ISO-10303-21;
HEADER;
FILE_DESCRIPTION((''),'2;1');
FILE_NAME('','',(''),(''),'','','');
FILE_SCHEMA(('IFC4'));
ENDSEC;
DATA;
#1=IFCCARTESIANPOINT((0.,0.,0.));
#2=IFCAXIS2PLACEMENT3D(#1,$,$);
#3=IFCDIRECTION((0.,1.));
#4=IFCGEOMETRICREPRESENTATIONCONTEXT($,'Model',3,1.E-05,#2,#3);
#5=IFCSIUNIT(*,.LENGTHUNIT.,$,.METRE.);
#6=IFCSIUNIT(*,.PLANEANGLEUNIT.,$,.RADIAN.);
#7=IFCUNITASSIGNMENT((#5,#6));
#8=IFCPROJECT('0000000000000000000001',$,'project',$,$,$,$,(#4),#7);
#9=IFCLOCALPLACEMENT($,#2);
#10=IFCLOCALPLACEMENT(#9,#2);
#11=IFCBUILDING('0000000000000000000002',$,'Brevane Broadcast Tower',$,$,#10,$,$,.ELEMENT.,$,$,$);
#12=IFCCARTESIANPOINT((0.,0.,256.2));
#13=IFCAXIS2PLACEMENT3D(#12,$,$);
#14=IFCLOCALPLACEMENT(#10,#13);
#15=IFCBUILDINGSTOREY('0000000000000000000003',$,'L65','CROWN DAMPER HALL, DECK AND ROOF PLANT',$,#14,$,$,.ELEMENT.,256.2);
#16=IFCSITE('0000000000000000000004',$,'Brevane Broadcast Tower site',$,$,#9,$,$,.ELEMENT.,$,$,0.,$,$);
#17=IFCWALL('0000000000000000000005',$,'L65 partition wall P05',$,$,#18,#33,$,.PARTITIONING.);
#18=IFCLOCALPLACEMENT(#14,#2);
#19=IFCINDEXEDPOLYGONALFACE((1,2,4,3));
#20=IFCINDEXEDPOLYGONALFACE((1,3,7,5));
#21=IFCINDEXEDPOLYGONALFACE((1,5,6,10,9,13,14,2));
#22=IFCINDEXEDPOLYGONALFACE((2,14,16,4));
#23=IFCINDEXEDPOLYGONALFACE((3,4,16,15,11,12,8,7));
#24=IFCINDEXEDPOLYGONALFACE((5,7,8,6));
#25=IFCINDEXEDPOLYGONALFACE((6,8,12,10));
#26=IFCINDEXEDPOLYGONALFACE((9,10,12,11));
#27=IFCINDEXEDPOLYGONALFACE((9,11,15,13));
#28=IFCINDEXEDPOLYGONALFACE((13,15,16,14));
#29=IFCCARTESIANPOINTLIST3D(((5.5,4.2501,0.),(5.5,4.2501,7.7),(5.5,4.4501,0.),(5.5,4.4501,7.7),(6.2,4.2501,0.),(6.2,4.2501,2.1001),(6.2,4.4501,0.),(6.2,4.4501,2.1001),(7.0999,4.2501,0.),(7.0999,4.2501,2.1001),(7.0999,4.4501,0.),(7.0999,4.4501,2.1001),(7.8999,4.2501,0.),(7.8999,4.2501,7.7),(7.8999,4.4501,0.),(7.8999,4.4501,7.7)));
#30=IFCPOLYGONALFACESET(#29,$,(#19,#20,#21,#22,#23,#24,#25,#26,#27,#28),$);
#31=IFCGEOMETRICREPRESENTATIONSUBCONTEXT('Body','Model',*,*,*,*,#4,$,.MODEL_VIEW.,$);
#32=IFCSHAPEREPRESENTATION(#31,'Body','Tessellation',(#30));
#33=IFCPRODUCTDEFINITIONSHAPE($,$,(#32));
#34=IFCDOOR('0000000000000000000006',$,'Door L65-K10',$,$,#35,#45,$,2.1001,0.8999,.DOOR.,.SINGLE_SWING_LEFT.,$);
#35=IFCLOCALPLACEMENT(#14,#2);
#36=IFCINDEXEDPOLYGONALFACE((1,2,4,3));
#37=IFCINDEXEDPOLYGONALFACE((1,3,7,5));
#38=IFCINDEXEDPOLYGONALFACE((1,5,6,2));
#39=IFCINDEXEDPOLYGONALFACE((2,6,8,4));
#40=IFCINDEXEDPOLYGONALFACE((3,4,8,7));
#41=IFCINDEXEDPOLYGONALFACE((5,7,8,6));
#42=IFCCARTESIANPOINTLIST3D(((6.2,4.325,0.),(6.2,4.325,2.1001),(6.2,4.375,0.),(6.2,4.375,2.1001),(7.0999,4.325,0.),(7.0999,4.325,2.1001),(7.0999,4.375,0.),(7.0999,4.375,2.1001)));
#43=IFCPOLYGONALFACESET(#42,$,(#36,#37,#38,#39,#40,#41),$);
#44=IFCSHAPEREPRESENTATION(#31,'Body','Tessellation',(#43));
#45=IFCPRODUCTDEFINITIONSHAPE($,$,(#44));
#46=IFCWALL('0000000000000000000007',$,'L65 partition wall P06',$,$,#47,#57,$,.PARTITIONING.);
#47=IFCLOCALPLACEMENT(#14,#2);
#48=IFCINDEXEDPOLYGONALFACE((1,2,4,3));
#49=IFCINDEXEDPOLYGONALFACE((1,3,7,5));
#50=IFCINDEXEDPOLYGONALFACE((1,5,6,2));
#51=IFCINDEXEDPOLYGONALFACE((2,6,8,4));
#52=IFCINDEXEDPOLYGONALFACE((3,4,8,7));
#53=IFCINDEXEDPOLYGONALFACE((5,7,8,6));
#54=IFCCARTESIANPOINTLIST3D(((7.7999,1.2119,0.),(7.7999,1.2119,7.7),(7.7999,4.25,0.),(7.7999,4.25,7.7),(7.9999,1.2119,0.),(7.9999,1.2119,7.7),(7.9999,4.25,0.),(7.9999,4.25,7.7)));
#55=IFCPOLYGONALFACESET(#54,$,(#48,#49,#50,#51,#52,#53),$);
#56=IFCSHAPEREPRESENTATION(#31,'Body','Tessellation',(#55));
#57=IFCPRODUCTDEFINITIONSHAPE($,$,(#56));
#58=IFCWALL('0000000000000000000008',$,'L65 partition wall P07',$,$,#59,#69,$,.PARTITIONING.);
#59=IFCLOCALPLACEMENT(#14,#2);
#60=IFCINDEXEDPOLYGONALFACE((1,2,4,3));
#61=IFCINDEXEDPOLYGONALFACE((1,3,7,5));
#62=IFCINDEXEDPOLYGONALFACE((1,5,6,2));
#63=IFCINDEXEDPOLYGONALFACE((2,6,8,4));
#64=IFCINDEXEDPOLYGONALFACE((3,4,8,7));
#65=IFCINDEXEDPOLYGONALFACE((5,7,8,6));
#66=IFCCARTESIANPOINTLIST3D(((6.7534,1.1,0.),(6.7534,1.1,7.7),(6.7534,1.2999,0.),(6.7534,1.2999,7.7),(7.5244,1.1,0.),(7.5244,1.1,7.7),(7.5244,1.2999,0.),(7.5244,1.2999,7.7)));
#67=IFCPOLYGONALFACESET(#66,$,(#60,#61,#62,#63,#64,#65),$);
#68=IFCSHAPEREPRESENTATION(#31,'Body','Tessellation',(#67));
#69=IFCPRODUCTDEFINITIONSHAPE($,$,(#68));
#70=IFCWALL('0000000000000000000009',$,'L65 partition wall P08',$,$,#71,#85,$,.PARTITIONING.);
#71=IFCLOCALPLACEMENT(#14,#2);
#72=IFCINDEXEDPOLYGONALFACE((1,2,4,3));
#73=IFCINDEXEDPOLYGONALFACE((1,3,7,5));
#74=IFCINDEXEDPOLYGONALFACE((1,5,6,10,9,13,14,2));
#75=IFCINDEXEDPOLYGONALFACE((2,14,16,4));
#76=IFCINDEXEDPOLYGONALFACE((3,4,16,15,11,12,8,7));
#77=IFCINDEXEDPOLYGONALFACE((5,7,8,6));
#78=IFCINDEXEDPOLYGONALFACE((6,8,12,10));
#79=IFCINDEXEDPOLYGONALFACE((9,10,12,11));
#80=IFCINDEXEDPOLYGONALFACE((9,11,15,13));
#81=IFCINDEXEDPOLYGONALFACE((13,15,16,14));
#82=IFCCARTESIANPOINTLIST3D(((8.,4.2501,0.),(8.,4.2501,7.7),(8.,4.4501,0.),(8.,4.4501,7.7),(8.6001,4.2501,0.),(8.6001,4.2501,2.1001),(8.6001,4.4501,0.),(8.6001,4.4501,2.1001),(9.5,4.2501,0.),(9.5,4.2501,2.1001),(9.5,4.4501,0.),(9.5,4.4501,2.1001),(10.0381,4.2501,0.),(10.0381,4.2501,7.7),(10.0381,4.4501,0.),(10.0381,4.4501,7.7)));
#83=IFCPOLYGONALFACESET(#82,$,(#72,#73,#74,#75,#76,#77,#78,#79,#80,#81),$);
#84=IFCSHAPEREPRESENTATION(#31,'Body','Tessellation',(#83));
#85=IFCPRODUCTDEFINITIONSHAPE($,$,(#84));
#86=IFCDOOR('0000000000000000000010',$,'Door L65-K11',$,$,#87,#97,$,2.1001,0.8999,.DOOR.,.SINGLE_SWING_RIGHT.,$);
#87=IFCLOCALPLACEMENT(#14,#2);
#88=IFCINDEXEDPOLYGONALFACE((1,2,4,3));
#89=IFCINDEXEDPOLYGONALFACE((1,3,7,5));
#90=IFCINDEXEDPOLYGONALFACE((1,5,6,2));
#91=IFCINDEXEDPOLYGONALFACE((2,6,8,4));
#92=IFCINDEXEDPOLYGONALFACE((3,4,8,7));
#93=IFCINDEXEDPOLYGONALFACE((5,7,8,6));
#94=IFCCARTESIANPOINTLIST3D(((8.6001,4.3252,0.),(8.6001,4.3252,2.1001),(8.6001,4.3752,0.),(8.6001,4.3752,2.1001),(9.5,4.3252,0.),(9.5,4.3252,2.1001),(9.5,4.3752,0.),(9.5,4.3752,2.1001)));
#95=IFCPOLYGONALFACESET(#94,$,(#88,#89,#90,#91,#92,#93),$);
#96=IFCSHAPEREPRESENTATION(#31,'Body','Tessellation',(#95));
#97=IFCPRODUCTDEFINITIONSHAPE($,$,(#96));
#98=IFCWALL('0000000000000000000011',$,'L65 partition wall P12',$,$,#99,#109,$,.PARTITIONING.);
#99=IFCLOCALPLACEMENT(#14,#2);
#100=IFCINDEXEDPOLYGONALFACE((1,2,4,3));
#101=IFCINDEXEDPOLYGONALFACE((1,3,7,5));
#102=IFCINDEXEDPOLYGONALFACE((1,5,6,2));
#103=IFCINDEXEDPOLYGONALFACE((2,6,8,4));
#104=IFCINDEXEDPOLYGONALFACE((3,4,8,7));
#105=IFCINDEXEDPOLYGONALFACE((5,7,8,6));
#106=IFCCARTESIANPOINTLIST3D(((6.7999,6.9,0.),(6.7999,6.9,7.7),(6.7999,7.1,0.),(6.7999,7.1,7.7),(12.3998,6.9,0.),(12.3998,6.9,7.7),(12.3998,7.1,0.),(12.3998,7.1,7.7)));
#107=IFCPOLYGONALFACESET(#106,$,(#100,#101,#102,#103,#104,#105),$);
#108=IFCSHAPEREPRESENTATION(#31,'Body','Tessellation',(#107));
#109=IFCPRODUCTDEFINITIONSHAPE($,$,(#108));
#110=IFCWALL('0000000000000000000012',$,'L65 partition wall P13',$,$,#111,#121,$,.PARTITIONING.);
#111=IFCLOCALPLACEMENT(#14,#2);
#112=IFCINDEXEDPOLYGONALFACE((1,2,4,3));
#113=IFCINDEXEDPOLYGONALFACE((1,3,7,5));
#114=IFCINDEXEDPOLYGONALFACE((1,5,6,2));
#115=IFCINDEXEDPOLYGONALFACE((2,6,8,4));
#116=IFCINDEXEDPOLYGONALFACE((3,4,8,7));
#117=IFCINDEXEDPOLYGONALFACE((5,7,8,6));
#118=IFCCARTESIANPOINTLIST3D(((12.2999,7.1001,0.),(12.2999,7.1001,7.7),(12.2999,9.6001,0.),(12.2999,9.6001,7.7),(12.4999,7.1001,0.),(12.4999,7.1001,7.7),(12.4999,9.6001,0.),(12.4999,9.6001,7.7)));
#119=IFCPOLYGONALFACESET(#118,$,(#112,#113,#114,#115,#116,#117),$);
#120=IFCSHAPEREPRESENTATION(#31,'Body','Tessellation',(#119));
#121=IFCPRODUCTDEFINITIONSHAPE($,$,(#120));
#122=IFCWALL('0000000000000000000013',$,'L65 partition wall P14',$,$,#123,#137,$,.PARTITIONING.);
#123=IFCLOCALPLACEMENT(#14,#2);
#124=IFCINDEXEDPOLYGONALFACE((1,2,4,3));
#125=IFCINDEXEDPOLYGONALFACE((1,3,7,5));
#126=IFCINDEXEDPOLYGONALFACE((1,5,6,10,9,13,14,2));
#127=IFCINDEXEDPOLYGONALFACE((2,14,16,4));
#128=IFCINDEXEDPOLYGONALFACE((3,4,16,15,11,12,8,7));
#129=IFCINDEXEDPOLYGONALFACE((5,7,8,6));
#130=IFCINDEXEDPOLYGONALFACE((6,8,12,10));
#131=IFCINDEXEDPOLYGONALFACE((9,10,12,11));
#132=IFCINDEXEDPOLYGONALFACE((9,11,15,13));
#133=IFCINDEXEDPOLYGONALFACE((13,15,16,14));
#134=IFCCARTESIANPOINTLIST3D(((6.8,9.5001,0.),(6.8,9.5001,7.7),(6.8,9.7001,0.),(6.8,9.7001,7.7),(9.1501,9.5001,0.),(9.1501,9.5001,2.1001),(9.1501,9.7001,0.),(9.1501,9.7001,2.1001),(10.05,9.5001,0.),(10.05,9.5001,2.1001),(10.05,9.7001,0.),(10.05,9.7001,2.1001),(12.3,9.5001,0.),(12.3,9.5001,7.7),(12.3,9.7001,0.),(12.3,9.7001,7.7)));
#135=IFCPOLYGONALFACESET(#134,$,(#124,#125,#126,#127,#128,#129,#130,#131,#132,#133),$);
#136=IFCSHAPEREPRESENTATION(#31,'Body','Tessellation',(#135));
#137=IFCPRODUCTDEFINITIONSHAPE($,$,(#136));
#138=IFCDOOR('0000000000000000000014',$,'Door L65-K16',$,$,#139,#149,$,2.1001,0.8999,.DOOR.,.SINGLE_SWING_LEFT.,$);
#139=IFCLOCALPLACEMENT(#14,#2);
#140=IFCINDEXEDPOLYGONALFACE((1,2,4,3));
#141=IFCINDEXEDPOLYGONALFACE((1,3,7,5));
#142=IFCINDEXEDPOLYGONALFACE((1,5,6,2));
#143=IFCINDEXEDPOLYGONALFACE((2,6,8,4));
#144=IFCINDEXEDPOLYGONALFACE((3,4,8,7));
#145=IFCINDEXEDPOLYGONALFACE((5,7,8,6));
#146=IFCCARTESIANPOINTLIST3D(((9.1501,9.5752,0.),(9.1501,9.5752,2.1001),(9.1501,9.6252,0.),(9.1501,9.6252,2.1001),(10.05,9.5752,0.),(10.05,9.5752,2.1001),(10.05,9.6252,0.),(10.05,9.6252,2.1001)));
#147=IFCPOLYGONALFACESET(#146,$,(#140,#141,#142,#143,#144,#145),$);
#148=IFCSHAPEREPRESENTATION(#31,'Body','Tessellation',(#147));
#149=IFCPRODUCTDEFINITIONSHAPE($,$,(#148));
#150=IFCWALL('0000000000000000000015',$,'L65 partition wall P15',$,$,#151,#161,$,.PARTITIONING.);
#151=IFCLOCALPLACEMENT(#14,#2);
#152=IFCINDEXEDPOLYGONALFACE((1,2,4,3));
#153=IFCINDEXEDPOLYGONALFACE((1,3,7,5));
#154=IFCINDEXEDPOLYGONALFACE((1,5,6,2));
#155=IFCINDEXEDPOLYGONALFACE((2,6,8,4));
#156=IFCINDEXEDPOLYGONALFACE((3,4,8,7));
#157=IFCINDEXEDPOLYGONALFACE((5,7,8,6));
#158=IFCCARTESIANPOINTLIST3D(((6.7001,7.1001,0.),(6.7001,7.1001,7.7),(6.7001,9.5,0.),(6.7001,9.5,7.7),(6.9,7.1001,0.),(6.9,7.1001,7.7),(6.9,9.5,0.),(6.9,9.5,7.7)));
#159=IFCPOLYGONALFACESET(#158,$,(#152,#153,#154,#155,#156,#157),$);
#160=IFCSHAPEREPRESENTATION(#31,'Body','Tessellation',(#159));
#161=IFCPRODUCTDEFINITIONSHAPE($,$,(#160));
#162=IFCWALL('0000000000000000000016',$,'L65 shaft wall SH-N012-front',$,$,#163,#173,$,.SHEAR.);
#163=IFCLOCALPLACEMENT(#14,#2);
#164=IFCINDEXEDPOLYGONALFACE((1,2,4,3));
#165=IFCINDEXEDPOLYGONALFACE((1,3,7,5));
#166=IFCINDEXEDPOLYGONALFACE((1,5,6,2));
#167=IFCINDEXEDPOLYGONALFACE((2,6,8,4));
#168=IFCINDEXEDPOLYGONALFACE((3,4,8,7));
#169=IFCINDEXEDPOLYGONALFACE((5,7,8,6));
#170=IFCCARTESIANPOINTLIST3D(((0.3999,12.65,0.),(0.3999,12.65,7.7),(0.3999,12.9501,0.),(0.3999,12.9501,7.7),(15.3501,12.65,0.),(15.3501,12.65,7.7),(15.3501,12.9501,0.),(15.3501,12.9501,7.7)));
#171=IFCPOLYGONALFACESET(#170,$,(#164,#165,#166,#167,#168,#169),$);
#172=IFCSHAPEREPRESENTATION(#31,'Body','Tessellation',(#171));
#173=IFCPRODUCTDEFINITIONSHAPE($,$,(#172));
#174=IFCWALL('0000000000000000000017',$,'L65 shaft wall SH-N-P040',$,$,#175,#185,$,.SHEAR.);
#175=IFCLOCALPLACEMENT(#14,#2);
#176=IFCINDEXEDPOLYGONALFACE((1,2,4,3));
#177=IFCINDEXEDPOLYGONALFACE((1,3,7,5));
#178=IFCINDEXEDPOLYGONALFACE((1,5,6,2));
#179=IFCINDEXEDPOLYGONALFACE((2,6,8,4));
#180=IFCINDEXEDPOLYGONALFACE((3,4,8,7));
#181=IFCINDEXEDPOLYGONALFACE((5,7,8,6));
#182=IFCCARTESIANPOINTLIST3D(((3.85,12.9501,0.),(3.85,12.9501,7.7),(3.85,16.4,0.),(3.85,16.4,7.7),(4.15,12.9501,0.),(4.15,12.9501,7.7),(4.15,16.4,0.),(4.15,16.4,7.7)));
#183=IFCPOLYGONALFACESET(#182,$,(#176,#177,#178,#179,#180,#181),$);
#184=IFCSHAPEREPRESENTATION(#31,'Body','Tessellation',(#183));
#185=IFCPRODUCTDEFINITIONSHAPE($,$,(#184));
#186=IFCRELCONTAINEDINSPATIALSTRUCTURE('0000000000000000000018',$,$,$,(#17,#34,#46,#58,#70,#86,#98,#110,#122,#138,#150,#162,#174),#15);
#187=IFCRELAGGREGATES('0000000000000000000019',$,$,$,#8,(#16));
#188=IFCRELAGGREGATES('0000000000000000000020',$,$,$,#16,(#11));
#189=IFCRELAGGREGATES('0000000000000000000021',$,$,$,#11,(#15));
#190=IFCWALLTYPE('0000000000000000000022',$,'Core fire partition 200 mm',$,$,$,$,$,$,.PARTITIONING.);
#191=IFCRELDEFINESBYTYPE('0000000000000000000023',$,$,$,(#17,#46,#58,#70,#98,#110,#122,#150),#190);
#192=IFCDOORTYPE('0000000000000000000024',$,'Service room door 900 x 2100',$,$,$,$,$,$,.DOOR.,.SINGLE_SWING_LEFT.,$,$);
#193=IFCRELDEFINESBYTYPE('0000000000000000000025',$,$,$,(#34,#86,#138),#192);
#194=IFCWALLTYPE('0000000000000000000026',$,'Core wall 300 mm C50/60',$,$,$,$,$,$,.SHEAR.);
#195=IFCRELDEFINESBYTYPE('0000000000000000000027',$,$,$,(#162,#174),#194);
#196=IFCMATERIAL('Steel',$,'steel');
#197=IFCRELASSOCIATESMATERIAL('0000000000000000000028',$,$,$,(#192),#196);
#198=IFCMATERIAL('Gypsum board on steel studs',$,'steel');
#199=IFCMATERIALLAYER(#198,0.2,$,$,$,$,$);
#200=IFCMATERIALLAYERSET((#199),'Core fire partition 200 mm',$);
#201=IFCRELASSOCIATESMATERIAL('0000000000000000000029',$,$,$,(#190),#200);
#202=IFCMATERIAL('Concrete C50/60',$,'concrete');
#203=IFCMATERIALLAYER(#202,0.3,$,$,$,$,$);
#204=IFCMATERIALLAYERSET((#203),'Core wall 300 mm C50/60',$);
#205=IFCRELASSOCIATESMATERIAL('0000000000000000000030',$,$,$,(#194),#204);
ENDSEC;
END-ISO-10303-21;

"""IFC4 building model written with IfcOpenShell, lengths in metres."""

from ifc_helpers import new_model, si_unit, direction, frame, frame_2d, origin, place, context, subcontext, project, spatial, rectangle, extrude, material, layer, layer_set, type_object, element, fill, save


model = new_model("IFC4")

# Units and contexts
model_context = context("Model", 3, precision=1e-05, world=origin(), true_north=direction((0.0, 1.0)))
body_context = subcontext(model_context, "Body", "Model", "MODEL_VIEW")
ifc_project = project(units=[si_unit("LENGTHUNIT", "METRE"), si_unit("PLANEANGLEUNIT", "RADIAN")], contexts=[model_context])

# Site, building, storey
site_placement = place(None, origin())
site = spatial("IfcSite", under=ifc_project, at=site_placement, Name="Brevane Broadcast Tower site", CompositionType="ELEMENT", RefElevation=0.0)
building_placement = place(site_placement, origin())
building = spatial("IfcBuilding", under=site, at=building_placement, Name="Brevane Broadcast Tower", CompositionType="ELEMENT")
storey_placement = place(building_placement, frame((0.0, 0.0, 256.2)))
storey = spatial("IfcBuildingStorey", under=building, at=storey_placement, Name="L65", Description="CROWN DAMPER HALL, DECK AND ROOF PLANT", CompositionType="ELEMENT", Elevation=256.2)

# Shared definitions
ifc_material_1 = material(Name="Gypsum board on steel studs", Category="steel")
ifc_material_2 = material(Name="Steel", Category="steel")
door_type_1 = type_object("IfcDoorType", Name="Service room door 900 x 2100", OperationType="SINGLE_SWING_LEFT", PredefinedType="DOOR", material=ifc_material_2)

# Shared definitions
ifc_layer_1 = layer(ifc_material_1, 0.2)
ifc_layer_set_1 = layer_set([ifc_layer_1], Name="Core fire partition 200 mm")
wall_type_1 = type_object("IfcWallType", Name="Core fire partition 200 mm", PredefinedType="PARTITIONING", material=ifc_layer_set_1)

# Wall, opening, door
wall_1_placement = place(storey_placement, frame((5.5, 4.3501, 0.0), z_axis=(0.0, 0.0, 1.0), x_axis=(1.0, 0.0, 0.0)))
wall_1 = element("IfcWall", 1, at=wall_1_placement, inside=storey, type_object=wall_type_1, Name="L65 partition wall P05", PredefinedType="PARTITIONING", context=body_context, shape_type="SweptSolid", body=[
    extrude(rectangle(XDim=2.3999, YDim=0.2, at=frame_2d((1.2, 0.0))), origin(), (0.0, 0.0, 1.0), 7.7),
])
opening_1_placement = place(wall_1_placement, frame((0.7, 0.0, 0.0)))
opening_1 = element("IfcOpeningElement", 2, at=opening_1_placement, cuts=wall_1, PredefinedType="OPENING", context=body_context, shape_type="SweptSolid", body=[
    extrude(rectangle(XDim=0.8999, YDim=2.1001, at=frame_2d((0.45, 1.05))), frame((0.0, 0.1099, 0.0), z_axis=(0.0, -1.0, 0.0), x_axis=(1.0, 0.0, 0.0)), (0.0, 0.0, 1.0), 0.22),
])
door_1_placement = place(opening_1_placement, origin())
door_1 = element("IfcDoor", 3, at=door_1_placement, inside=storey, type_object=door_type_1, Name="Door L65-K10", OperationType="SINGLE_SWING_LEFT", OverallHeight=2.1001, OverallWidth=0.8999, PredefinedType="DOOR", context=body_context, shape_type="SweptSolid", body=[
    extrude(rectangle(XDim=0.8999, YDim=2.1001, at=frame_2d((0.45, 1.05))), frame((0.0, 0.0249, 0.0), z_axis=(0.0, -1.0, 0.0), x_axis=(1.0, 0.0, 0.0)), (0.0, 0.0, 1.0), 0.05),
])
fill(opening_1, door_1)

# Walls
wall_2_placement = place(storey_placement, frame((7.8999, 4.25, 0.0), z_axis=(0.0, 0.0, 1.0), x_axis=(0.0, -1.0, 0.0)))
element("IfcWall", 4, at=wall_2_placement, inside=storey, type_object=wall_type_1, Name="L65 partition wall P06", PredefinedType="PARTITIONING", context=body_context, shape_type="SweptSolid", body=[
    extrude(rectangle(XDim=3.0381, YDim=0.2, at=frame_2d((1.519, 0.0))), origin(), (0.0, 0.0, 1.0), 7.7),
])
wall_3_placement = place(storey_placement, frame((7.5244, 1.2, 0.0), z_axis=(0.0, 0.0, 1.0), x_axis=(-1.0, 0.0, 0.0)))
element("IfcWall", 5, at=wall_3_placement, inside=storey, type_object=wall_type_1, Name="L65 partition wall P07", PredefinedType="PARTITIONING", context=body_context, shape_type="SweptSolid", body=[
    extrude(rectangle(XDim=0.771, YDim=0.2, at=frame_2d((0.3855, 0.0))), origin(), (0.0, 0.0, 1.0), 7.7),
])

# Wall, opening, door
wall_4_placement = place(storey_placement, frame((10.0381, 4.3501, 0.0), z_axis=(0.0, 0.0, 1.0), x_axis=(-1.0, 0.0, 0.0)))
wall_4 = element("IfcWall", 6, at=wall_4_placement, inside=storey, type_object=wall_type_1, Name="L65 partition wall P08", PredefinedType="PARTITIONING", context=body_context, shape_type="SweptSolid", body=[
    extrude(rectangle(XDim=2.0381, YDim=0.2, at=frame_2d((1.019, 0.0))), origin(), (0.0, 0.0, 1.0), 7.7),
])
opening_2_placement = place(wall_4_placement, frame((0.5381, 0.0, 0.0)))
opening_2 = element("IfcOpeningElement", 7, at=opening_2_placement, cuts=wall_4, PredefinedType="OPENING", context=body_context, shape_type="SweptSolid", body=[
    extrude(rectangle(XDim=0.8999, YDim=2.1001, at=frame_2d((0.45, 1.05))), frame((0.0, 0.1099, 0.0), z_axis=(0.0, -1.0, 0.0), x_axis=(1.0, 0.0, 0.0)), (0.0, 0.0, 1.0), 0.22),
])
door_2_placement = place(opening_2_placement, origin())
door_2 = element("IfcDoor", 8, at=door_2_placement, inside=storey, type_object=door_type_1, Name="Door L65-K11", OperationType="SINGLE_SWING_RIGHT", OverallHeight=2.1001, OverallWidth=0.8999, PredefinedType="DOOR", context=body_context, shape_type="SweptSolid", body=[
    extrude(rectangle(XDim=0.8999, YDim=2.1001, at=frame_2d((0.45, 1.05))), frame((0.0, 0.0249, 0.0), z_axis=(0.0, -1.0, 0.0), x_axis=(1.0, 0.0, 0.0)), (0.0, 0.0, 1.0), 0.05),
])
fill(opening_2, door_2)

# Walls
wall_5_placement = place(storey_placement, frame((6.8, 7.0, 0.0), z_axis=(0.0, 0.0, 1.0), x_axis=(1.0, 0.0, 0.0)))
element("IfcWall", 9, at=wall_5_placement, inside=storey, type_object=wall_type_1, Name="L65 partition wall P12", PredefinedType="PARTITIONING", context=body_context, shape_type="SweptSolid", body=[
    extrude(rectangle(XDim=5.5999, YDim=0.2, at=frame_2d((2.7998, 0.0))), origin(), (0.0, 0.0, 1.0), 7.7),
])
wall_6_placement = place(storey_placement, frame((12.3999, 7.1001, 0.0), z_axis=(0.0, 0.0, 1.0), x_axis=(0.0, 1.0, 0.0)))
element("IfcWall", 10, at=wall_6_placement, inside=storey, type_object=wall_type_1, Name="L65 partition wall P13", PredefinedType="PARTITIONING", context=body_context, shape_type="SweptSolid", body=[
    extrude(rectangle(XDim=2.5, YDim=0.2, at=frame_2d((1.25, 0.0))), origin(), (0.0, 0.0, 1.0), 7.7),
])

# Wall, opening, door
wall_7_placement = place(storey_placement, frame((12.3, 9.6001, 0.0), z_axis=(0.0, 0.0, 1.0), x_axis=(-1.0, 0.0, 0.0)))
wall_7 = element("IfcWall", 11, at=wall_7_placement, inside=storey, type_object=wall_type_1, Name="L65 partition wall P14", PredefinedType="PARTITIONING", context=body_context, shape_type="SweptSolid", body=[
    extrude(rectangle(XDim=5.5, YDim=0.2, at=frame_2d((2.75, 0.0))), origin(), (0.0, 0.0, 1.0), 7.7),
])
opening_3_placement = place(wall_7_placement, frame((2.25, 0.0, 0.0)))
opening_3 = element("IfcOpeningElement", 12, at=opening_3_placement, cuts=wall_7, PredefinedType="OPENING", context=body_context, shape_type="SweptSolid", body=[
    extrude(rectangle(XDim=0.8999, YDim=2.1001, at=frame_2d((0.45, 1.05))), frame((0.0, 0.1099, 0.0), z_axis=(0.0, -1.0, 0.0), x_axis=(1.0, 0.0, 0.0)), (0.0, 0.0, 1.0), 0.22),
])
door_3_placement = place(opening_3_placement, origin())
door_3 = element("IfcDoor", 13, at=door_3_placement, inside=storey, type_object=door_type_1, Name="Door L65-K16", OperationType="SINGLE_SWING_LEFT", OverallHeight=2.1001, OverallWidth=0.8999, PredefinedType="DOOR", context=body_context, shape_type="SweptSolid", body=[
    extrude(rectangle(XDim=0.8999, YDim=2.1001, at=frame_2d((0.45, 1.05))), frame((0.0, 0.0249, 0.0), z_axis=(0.0, -1.0, 0.0), x_axis=(1.0, 0.0, 0.0)), (0.0, 0.0, 1.0), 0.05),
])
fill(opening_3, door_3)

# Walls
wall_8_placement = place(storey_placement, frame((6.8, 9.5, 0.0), z_axis=(0.0, 0.0, 1.0), x_axis=(0.0, -1.0, 0.0)))
element("IfcWall", 14, at=wall_8_placement, inside=storey, type_object=wall_type_1, Name="L65 partition wall P15", PredefinedType="PARTITIONING", context=body_context, shape_type="SweptSolid", body=[
    extrude(rectangle(XDim=2.3999, YDim=0.2, at=frame_2d((1.2, 0.0))), origin(), (0.0, 0.0, 1.0), 7.7),
])
ifc_material_3 = material(Name="Concrete C50/60", Category="concrete")
ifc_layer_2 = layer(ifc_material_3, 0.3)
ifc_layer_set_2 = layer_set([ifc_layer_2], Name="Core wall 300 mm C50/60")
wall_type_2 = type_object("IfcWallType", Name="Core wall 300 mm C50/60", PredefinedType="SHEAR", material=ifc_layer_set_2)
wall_9_placement = place(storey_placement, frame((0.3999, 12.8, 0.0), z_axis=(0.0, 0.0, 1.0), x_axis=(1.0, 0.0, 0.0)))
element("IfcWall", 15, at=wall_9_placement, inside=storey, type_object=wall_type_2, Name="L65 shaft wall SH-N012-front", PredefinedType="SHEAR", context=body_context, shape_type="SweptSolid", body=[
    extrude(rectangle(XDim=14.9502, YDim=0.3, at=frame_2d((7.4751, 0.0))), origin(), (0.0, 0.0, 1.0), 7.7),
])
wall_10_placement = place(storey_placement, frame((4.0, 12.95, 0.0), z_axis=(0.0, 0.0, 1.0), x_axis=(0.0, 1.0, 0.0)))
element("IfcWall", 16, at=wall_10_placement, inside=storey, type_object=wall_type_2, Name="L65 shaft wall SH-N-P040", PredefinedType="SHEAR", context=body_context, shape_type="SweptSolid", body=[
    extrude(rectangle(XDim=3.45, YDim=0.3, at=frame_2d((1.7251, 0.0))), origin(), (0.0, 0.0, 1.0), 7.7),
])

save(model, "model.ifc")
